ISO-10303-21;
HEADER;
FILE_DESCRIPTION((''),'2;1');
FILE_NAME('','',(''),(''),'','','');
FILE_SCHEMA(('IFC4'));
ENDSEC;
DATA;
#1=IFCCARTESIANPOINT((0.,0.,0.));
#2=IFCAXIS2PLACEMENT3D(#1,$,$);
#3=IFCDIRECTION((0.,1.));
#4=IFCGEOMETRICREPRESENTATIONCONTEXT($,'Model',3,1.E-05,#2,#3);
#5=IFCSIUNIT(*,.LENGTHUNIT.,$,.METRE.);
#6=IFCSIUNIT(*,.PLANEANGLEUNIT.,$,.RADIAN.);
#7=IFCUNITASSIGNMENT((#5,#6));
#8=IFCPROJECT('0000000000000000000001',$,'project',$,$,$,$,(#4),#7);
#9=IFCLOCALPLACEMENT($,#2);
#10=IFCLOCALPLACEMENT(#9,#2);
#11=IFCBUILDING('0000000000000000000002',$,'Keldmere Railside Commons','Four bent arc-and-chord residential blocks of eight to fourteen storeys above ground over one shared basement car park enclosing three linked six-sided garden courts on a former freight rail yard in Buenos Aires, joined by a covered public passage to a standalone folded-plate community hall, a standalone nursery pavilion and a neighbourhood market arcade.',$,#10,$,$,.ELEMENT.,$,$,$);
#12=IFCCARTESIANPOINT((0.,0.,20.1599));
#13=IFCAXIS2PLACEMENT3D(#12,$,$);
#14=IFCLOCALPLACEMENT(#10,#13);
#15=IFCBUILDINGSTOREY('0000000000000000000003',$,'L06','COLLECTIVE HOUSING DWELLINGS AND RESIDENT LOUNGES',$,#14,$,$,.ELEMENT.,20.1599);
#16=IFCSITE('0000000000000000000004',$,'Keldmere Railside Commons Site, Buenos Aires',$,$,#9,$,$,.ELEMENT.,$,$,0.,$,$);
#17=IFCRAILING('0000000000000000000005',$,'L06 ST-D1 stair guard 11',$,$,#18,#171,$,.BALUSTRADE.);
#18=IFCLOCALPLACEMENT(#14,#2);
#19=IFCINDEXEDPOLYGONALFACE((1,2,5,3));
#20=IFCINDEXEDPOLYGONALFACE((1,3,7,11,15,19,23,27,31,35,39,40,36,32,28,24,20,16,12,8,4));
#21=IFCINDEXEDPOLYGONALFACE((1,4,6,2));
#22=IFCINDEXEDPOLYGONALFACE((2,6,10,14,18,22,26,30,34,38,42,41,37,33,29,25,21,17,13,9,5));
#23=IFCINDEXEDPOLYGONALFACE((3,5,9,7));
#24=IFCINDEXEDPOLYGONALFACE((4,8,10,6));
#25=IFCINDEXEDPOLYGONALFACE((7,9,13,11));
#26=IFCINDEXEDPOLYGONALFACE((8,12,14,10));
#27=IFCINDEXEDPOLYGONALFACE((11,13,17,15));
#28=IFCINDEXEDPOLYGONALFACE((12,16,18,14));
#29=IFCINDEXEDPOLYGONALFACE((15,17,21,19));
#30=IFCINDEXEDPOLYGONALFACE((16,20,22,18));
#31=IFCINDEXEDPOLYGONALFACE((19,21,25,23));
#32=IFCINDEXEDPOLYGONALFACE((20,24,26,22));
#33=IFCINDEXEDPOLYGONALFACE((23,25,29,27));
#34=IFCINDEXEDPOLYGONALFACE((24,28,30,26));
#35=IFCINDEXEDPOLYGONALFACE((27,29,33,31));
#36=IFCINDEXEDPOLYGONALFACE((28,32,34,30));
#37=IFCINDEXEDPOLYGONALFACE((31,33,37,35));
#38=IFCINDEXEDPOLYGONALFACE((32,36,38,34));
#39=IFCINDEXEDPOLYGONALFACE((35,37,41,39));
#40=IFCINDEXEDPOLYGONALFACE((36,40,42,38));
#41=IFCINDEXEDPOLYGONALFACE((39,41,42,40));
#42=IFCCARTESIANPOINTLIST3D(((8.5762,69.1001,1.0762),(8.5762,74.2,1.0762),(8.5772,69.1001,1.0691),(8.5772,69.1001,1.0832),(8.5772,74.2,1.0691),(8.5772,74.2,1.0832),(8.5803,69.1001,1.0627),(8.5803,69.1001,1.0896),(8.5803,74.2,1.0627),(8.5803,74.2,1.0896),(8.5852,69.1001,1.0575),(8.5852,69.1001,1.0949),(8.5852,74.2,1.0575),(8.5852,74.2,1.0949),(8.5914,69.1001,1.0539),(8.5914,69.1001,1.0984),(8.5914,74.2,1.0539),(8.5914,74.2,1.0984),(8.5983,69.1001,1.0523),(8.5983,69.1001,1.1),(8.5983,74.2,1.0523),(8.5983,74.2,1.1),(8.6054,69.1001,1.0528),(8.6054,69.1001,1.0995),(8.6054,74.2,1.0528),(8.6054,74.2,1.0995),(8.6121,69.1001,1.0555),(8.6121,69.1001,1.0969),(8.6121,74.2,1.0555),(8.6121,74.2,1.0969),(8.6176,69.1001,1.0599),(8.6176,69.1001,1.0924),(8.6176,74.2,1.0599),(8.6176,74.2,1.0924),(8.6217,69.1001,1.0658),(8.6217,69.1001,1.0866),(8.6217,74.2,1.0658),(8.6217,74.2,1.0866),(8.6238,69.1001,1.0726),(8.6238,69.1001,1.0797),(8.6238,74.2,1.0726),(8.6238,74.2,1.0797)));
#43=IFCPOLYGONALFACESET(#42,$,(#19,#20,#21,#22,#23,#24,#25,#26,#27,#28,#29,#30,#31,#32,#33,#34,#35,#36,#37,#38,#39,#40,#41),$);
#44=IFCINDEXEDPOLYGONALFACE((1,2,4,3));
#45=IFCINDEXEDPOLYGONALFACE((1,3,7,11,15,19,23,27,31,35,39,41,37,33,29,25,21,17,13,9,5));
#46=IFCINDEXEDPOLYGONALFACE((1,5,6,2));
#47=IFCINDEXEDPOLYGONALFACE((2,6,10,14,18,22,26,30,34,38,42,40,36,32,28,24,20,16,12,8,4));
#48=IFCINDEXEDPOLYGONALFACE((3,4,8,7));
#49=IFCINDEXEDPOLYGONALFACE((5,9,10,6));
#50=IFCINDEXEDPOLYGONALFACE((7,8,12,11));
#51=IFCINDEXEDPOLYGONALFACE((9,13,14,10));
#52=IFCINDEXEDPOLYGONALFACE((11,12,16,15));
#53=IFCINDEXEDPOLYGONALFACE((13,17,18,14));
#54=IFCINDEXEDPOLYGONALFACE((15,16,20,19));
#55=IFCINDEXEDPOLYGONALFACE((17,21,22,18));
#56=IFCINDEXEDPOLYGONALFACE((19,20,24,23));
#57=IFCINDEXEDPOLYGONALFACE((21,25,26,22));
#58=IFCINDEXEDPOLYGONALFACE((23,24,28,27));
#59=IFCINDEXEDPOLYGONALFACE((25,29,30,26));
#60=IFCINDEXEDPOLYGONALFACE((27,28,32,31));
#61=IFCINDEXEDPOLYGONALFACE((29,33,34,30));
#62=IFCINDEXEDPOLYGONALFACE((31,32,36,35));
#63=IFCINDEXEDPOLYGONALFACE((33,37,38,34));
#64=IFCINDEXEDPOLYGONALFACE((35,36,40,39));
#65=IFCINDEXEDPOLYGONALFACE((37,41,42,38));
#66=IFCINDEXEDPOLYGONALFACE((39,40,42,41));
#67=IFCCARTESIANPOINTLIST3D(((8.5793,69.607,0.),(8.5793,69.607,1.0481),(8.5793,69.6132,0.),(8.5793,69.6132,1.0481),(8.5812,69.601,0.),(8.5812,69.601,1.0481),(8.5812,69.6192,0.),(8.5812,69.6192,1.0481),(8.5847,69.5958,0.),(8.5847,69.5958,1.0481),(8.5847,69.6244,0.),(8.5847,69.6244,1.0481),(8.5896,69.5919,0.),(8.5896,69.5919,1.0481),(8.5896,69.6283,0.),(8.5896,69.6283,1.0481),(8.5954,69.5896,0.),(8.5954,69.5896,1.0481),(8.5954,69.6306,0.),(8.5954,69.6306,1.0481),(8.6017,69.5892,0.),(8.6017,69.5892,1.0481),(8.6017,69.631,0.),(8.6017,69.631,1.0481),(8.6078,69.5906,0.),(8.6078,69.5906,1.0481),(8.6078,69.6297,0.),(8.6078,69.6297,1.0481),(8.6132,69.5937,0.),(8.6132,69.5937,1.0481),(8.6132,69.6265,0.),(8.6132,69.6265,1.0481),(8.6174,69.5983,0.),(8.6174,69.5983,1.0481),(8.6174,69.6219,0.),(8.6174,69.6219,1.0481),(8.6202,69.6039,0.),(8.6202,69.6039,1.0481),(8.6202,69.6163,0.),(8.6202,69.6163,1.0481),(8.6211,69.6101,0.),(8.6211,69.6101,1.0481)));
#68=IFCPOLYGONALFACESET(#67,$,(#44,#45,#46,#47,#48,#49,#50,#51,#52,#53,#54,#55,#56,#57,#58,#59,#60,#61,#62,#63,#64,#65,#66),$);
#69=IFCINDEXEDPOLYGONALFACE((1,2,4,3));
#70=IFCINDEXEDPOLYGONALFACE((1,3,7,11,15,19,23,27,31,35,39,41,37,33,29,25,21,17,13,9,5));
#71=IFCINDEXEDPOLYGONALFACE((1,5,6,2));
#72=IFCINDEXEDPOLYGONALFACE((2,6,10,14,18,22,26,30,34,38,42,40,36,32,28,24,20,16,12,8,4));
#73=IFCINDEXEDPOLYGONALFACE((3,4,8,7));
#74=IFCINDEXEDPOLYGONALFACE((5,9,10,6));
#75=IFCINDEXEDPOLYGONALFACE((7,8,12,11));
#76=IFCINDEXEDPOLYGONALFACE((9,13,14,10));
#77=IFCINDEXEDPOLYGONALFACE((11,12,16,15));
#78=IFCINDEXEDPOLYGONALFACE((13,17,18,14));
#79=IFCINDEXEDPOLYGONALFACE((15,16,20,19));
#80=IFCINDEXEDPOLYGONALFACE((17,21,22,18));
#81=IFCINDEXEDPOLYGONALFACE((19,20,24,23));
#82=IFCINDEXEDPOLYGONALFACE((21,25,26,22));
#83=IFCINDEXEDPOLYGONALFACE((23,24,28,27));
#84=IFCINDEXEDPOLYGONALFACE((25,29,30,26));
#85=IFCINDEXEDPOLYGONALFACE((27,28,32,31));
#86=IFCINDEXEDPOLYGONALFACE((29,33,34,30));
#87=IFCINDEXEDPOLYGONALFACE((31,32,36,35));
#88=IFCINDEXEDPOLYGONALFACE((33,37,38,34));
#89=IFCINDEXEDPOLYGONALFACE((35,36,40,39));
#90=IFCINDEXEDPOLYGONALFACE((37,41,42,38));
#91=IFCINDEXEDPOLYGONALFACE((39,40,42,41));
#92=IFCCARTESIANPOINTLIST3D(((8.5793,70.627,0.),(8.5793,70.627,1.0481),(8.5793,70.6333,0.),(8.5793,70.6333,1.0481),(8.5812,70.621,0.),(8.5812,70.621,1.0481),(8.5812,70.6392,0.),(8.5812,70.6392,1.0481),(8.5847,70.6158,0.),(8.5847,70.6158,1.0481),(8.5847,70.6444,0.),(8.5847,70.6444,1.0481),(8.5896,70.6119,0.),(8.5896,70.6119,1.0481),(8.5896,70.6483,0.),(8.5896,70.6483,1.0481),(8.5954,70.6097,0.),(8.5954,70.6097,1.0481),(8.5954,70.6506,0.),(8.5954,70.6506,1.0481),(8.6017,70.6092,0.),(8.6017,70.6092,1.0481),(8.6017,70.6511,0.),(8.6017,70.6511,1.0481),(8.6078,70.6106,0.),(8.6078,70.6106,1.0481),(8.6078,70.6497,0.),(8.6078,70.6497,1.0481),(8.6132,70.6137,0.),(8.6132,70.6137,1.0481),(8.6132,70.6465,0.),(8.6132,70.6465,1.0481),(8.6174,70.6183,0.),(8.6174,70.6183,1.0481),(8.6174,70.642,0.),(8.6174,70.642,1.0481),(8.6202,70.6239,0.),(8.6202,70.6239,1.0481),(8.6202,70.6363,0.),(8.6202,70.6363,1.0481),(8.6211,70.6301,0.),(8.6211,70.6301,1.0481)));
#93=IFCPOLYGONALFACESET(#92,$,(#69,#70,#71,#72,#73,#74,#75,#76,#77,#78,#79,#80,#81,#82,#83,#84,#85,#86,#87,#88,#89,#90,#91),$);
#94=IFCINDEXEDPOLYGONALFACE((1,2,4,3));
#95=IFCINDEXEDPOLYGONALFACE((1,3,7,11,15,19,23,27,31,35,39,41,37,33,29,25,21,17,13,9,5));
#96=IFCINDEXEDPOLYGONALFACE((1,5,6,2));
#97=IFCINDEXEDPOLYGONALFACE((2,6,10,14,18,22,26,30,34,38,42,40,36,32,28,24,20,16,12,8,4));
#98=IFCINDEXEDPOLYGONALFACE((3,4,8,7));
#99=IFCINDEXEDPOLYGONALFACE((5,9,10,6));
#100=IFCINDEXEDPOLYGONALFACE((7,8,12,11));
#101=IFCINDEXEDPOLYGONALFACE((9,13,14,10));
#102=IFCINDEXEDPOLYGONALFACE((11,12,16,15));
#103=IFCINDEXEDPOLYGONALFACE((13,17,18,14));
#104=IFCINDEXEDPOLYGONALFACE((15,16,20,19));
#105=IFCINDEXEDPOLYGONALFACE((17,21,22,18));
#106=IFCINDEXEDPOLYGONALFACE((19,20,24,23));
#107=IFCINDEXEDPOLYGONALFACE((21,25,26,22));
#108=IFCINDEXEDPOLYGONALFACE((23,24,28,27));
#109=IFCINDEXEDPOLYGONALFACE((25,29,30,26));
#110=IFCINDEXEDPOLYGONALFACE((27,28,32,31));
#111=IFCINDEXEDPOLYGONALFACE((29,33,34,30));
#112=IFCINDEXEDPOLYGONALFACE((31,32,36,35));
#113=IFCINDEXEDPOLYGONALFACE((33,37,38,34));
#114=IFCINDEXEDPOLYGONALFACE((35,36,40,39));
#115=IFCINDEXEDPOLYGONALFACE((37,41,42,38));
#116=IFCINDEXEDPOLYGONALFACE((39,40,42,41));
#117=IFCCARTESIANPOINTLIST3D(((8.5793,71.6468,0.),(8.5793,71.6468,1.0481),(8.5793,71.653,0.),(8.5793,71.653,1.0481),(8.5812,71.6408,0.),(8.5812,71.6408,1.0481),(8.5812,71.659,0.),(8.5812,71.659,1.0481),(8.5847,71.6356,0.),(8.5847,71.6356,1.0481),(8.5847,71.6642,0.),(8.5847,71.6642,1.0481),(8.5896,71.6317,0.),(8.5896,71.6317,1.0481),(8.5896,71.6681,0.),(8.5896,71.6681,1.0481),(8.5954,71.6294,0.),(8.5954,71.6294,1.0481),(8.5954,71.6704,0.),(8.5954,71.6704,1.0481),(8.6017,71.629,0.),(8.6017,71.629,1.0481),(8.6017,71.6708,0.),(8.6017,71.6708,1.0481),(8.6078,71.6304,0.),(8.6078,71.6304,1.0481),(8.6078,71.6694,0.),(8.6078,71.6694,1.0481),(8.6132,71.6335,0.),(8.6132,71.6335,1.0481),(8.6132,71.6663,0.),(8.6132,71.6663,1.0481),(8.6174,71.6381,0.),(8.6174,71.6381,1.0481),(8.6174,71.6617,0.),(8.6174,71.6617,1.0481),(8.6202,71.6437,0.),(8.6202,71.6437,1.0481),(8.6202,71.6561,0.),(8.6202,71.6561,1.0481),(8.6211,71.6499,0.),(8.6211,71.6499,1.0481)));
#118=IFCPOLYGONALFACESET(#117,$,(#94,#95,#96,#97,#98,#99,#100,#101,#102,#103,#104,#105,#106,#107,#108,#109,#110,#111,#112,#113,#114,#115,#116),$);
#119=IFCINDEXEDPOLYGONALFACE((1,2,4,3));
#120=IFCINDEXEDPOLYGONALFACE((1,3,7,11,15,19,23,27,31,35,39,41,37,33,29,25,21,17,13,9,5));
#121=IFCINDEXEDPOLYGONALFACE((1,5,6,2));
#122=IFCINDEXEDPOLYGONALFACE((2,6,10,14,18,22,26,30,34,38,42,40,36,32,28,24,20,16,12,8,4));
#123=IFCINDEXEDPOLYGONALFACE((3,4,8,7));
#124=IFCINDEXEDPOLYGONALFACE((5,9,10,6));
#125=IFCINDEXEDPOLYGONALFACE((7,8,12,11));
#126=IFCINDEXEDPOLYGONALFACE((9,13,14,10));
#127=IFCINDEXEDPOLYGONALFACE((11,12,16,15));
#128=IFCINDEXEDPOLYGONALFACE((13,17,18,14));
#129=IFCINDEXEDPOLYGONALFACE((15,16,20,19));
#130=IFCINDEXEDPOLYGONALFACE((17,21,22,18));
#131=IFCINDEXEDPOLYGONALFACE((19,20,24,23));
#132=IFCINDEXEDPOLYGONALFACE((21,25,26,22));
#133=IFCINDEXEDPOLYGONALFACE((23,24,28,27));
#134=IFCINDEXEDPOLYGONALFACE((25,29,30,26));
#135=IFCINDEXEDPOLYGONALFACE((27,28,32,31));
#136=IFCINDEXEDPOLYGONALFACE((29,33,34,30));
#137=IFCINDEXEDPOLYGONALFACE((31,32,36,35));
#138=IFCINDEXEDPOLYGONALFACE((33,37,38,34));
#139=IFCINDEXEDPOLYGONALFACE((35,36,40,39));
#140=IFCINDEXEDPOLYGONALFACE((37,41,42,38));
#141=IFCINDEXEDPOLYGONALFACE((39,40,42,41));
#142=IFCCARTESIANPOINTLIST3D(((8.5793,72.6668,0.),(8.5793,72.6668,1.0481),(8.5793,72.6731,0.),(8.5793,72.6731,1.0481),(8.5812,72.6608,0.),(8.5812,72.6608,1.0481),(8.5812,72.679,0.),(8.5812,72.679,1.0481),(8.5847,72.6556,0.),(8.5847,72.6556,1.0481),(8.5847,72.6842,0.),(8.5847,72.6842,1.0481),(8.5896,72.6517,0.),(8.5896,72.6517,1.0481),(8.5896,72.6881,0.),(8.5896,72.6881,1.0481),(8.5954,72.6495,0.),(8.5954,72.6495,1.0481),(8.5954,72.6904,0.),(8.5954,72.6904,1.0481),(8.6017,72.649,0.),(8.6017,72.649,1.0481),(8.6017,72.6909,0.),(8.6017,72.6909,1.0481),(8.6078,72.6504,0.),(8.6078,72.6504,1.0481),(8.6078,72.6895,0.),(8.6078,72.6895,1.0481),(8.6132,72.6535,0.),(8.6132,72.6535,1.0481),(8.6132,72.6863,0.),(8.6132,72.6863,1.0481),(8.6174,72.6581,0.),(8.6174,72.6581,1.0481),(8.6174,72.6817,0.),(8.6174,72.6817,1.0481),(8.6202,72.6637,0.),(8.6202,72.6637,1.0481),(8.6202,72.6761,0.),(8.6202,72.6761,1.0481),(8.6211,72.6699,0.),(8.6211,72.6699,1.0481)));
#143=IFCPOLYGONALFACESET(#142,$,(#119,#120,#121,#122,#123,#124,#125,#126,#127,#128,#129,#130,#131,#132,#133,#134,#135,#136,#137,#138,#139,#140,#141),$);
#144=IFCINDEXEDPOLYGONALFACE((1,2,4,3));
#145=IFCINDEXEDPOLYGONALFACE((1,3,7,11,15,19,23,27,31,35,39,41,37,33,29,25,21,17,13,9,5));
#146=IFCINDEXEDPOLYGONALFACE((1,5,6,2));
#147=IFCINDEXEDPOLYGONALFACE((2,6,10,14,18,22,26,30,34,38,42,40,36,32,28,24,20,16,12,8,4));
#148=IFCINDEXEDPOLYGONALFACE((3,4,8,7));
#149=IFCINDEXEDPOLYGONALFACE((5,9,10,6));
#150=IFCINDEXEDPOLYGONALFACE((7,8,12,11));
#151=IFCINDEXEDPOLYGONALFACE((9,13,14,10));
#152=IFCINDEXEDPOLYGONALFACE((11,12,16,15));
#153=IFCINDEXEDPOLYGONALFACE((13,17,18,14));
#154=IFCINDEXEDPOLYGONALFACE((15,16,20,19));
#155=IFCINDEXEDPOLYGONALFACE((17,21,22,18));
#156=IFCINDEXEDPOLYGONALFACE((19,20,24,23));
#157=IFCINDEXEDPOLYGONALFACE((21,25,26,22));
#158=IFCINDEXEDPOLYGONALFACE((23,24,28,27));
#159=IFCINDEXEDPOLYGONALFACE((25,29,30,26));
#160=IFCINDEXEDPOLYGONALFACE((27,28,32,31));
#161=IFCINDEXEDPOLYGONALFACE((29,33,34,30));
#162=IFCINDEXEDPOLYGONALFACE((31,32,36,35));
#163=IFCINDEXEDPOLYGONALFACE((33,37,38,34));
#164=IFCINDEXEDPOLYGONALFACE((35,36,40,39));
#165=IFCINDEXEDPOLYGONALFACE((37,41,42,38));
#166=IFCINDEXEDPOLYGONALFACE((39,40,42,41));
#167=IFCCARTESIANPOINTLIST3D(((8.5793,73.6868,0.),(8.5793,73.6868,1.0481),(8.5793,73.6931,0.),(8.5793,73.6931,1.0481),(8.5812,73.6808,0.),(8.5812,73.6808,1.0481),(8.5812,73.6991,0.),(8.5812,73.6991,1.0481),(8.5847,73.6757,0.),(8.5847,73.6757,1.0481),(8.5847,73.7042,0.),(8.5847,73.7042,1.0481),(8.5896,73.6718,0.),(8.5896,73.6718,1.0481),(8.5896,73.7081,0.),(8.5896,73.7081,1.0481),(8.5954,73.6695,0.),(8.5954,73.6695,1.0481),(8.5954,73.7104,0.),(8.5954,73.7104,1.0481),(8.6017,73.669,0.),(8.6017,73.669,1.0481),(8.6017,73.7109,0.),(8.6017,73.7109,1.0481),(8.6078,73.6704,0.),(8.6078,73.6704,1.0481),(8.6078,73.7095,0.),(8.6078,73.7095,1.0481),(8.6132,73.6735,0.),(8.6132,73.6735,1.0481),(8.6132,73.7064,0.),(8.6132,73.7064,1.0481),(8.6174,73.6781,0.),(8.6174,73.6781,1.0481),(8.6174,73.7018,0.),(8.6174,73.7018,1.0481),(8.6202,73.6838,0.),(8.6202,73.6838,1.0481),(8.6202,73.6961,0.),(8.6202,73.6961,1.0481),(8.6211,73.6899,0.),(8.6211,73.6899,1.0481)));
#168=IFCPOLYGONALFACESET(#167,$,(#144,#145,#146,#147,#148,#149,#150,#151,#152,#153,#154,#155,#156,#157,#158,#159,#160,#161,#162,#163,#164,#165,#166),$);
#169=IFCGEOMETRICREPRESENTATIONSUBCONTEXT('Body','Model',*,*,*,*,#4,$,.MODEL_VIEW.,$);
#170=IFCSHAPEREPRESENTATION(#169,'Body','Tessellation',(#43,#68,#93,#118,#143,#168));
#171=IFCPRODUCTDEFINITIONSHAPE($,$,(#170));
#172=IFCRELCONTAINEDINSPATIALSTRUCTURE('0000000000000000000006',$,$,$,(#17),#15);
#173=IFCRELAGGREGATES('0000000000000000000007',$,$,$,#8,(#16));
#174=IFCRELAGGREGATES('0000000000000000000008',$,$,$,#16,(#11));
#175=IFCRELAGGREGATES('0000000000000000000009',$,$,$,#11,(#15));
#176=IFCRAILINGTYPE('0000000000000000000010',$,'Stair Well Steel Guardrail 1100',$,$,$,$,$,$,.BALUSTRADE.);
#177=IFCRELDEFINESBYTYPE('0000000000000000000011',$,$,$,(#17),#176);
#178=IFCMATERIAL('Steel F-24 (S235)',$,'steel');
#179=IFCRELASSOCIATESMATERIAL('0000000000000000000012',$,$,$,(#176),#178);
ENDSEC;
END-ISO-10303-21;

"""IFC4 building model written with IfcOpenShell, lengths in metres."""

from ifc_helpers import new_model, si_unit, direction, frame, origin, origin_2d, place, context, subcontext, project, spatial, circle, extrude, material, type_object, element, save


model = new_model("IFC4")

# Units and contexts
model_context = context("Model", 3, precision=1e-05, world=origin(), true_north=direction((0.0, 1.0)))
body_context = subcontext(model_context, "Body", "Model", "MODEL_VIEW")
ifc_project = project(units=[si_unit("LENGTHUNIT", "METRE"), si_unit("PLANEANGLEUNIT", "RADIAN")], contexts=[model_context])

# Site, building, storey
site_placement = place(None, origin())
site = spatial("IfcSite", under=ifc_project, at=site_placement, Name="Keldmere Railside Commons Site, Buenos Aires", CompositionType="ELEMENT", RefElevation=0.0)
building_placement = place(site_placement, origin())
building = spatial("IfcBuilding", under=site, at=building_placement, Name="Keldmere Railside Commons", Description="Four bent arc-and-chord residential blocks of eight to fourteen storeys above ground over one shared basement car park enclosing three linked six-sided garden courts on a former freight rail yard in Buenos Aires, joined by a covered public passage to a standalone folded-plate community hall, a standalone nursery pavilion and a neighbourhood market arcade.", CompositionType="ELEMENT")
storey_placement = place(building_placement, frame((0.0, 0.0, 20.1599)))
storey = spatial("IfcBuildingStorey", under=building, at=storey_placement, Name="L06", Description="COLLECTIVE HOUSING DWELLINGS AND RESIDENT LOUNGES", CompositionType="ELEMENT", Elevation=20.1599)

# Shared definitions
ifc_material_1 = material(Name="Steel F-24 (S235)", Category="steel")

# Railing
railing_type_1 = type_object("IfcRailingType", Name="Stair Well Steel Guardrail 1100", PredefinedType="BALUSTRADE", material=ifc_material_1)
railing_1_placement = place(storey_placement, frame((8.6001, 69.1001, 0.0)))
element("IfcRailing", 1, at=railing_1_placement, inside=storey, type_object=railing_type_1, Name="L06 ST-D1 stair guard 11", PredefinedType="BALUSTRADE", context=body_context, shape_type="SweptSolid", body=[
    extrude(circle(Radius=0.0239, at=origin_2d()), frame((0.0, 0.0, 1.0762), z_axis=(0.0, 1.0, 0.0), x_axis=(-1.0, 0.0, 0.0)), (0.0, 0.0, 1.0), 5.0999),
    extrude(circle(Radius=0.021, at=origin_2d()), frame((0.0, 0.51, 0.0)), (0.0, 0.0, 1.0), 1.0481),
    extrude(circle(Radius=0.021, at=origin_2d()), frame((0.0, 1.53, 0.0)), (0.0, 0.0, 1.0), 1.0481),
    extrude(circle(Radius=0.021, at=origin_2d()), frame((0.0, 2.5498, 0.0)), (0.0, 0.0, 1.0), 1.0481),
    extrude(circle(Radius=0.021, at=origin_2d()), frame((0.0, 3.5698, 0.0)), (0.0, 0.0, 1.0), 1.0481),
    extrude(circle(Radius=0.021, at=origin_2d()), frame((0.0, 4.5898, 0.0)), (0.0, 0.0, 1.0), 1.0481),
])

save(model, "model.ifc")
